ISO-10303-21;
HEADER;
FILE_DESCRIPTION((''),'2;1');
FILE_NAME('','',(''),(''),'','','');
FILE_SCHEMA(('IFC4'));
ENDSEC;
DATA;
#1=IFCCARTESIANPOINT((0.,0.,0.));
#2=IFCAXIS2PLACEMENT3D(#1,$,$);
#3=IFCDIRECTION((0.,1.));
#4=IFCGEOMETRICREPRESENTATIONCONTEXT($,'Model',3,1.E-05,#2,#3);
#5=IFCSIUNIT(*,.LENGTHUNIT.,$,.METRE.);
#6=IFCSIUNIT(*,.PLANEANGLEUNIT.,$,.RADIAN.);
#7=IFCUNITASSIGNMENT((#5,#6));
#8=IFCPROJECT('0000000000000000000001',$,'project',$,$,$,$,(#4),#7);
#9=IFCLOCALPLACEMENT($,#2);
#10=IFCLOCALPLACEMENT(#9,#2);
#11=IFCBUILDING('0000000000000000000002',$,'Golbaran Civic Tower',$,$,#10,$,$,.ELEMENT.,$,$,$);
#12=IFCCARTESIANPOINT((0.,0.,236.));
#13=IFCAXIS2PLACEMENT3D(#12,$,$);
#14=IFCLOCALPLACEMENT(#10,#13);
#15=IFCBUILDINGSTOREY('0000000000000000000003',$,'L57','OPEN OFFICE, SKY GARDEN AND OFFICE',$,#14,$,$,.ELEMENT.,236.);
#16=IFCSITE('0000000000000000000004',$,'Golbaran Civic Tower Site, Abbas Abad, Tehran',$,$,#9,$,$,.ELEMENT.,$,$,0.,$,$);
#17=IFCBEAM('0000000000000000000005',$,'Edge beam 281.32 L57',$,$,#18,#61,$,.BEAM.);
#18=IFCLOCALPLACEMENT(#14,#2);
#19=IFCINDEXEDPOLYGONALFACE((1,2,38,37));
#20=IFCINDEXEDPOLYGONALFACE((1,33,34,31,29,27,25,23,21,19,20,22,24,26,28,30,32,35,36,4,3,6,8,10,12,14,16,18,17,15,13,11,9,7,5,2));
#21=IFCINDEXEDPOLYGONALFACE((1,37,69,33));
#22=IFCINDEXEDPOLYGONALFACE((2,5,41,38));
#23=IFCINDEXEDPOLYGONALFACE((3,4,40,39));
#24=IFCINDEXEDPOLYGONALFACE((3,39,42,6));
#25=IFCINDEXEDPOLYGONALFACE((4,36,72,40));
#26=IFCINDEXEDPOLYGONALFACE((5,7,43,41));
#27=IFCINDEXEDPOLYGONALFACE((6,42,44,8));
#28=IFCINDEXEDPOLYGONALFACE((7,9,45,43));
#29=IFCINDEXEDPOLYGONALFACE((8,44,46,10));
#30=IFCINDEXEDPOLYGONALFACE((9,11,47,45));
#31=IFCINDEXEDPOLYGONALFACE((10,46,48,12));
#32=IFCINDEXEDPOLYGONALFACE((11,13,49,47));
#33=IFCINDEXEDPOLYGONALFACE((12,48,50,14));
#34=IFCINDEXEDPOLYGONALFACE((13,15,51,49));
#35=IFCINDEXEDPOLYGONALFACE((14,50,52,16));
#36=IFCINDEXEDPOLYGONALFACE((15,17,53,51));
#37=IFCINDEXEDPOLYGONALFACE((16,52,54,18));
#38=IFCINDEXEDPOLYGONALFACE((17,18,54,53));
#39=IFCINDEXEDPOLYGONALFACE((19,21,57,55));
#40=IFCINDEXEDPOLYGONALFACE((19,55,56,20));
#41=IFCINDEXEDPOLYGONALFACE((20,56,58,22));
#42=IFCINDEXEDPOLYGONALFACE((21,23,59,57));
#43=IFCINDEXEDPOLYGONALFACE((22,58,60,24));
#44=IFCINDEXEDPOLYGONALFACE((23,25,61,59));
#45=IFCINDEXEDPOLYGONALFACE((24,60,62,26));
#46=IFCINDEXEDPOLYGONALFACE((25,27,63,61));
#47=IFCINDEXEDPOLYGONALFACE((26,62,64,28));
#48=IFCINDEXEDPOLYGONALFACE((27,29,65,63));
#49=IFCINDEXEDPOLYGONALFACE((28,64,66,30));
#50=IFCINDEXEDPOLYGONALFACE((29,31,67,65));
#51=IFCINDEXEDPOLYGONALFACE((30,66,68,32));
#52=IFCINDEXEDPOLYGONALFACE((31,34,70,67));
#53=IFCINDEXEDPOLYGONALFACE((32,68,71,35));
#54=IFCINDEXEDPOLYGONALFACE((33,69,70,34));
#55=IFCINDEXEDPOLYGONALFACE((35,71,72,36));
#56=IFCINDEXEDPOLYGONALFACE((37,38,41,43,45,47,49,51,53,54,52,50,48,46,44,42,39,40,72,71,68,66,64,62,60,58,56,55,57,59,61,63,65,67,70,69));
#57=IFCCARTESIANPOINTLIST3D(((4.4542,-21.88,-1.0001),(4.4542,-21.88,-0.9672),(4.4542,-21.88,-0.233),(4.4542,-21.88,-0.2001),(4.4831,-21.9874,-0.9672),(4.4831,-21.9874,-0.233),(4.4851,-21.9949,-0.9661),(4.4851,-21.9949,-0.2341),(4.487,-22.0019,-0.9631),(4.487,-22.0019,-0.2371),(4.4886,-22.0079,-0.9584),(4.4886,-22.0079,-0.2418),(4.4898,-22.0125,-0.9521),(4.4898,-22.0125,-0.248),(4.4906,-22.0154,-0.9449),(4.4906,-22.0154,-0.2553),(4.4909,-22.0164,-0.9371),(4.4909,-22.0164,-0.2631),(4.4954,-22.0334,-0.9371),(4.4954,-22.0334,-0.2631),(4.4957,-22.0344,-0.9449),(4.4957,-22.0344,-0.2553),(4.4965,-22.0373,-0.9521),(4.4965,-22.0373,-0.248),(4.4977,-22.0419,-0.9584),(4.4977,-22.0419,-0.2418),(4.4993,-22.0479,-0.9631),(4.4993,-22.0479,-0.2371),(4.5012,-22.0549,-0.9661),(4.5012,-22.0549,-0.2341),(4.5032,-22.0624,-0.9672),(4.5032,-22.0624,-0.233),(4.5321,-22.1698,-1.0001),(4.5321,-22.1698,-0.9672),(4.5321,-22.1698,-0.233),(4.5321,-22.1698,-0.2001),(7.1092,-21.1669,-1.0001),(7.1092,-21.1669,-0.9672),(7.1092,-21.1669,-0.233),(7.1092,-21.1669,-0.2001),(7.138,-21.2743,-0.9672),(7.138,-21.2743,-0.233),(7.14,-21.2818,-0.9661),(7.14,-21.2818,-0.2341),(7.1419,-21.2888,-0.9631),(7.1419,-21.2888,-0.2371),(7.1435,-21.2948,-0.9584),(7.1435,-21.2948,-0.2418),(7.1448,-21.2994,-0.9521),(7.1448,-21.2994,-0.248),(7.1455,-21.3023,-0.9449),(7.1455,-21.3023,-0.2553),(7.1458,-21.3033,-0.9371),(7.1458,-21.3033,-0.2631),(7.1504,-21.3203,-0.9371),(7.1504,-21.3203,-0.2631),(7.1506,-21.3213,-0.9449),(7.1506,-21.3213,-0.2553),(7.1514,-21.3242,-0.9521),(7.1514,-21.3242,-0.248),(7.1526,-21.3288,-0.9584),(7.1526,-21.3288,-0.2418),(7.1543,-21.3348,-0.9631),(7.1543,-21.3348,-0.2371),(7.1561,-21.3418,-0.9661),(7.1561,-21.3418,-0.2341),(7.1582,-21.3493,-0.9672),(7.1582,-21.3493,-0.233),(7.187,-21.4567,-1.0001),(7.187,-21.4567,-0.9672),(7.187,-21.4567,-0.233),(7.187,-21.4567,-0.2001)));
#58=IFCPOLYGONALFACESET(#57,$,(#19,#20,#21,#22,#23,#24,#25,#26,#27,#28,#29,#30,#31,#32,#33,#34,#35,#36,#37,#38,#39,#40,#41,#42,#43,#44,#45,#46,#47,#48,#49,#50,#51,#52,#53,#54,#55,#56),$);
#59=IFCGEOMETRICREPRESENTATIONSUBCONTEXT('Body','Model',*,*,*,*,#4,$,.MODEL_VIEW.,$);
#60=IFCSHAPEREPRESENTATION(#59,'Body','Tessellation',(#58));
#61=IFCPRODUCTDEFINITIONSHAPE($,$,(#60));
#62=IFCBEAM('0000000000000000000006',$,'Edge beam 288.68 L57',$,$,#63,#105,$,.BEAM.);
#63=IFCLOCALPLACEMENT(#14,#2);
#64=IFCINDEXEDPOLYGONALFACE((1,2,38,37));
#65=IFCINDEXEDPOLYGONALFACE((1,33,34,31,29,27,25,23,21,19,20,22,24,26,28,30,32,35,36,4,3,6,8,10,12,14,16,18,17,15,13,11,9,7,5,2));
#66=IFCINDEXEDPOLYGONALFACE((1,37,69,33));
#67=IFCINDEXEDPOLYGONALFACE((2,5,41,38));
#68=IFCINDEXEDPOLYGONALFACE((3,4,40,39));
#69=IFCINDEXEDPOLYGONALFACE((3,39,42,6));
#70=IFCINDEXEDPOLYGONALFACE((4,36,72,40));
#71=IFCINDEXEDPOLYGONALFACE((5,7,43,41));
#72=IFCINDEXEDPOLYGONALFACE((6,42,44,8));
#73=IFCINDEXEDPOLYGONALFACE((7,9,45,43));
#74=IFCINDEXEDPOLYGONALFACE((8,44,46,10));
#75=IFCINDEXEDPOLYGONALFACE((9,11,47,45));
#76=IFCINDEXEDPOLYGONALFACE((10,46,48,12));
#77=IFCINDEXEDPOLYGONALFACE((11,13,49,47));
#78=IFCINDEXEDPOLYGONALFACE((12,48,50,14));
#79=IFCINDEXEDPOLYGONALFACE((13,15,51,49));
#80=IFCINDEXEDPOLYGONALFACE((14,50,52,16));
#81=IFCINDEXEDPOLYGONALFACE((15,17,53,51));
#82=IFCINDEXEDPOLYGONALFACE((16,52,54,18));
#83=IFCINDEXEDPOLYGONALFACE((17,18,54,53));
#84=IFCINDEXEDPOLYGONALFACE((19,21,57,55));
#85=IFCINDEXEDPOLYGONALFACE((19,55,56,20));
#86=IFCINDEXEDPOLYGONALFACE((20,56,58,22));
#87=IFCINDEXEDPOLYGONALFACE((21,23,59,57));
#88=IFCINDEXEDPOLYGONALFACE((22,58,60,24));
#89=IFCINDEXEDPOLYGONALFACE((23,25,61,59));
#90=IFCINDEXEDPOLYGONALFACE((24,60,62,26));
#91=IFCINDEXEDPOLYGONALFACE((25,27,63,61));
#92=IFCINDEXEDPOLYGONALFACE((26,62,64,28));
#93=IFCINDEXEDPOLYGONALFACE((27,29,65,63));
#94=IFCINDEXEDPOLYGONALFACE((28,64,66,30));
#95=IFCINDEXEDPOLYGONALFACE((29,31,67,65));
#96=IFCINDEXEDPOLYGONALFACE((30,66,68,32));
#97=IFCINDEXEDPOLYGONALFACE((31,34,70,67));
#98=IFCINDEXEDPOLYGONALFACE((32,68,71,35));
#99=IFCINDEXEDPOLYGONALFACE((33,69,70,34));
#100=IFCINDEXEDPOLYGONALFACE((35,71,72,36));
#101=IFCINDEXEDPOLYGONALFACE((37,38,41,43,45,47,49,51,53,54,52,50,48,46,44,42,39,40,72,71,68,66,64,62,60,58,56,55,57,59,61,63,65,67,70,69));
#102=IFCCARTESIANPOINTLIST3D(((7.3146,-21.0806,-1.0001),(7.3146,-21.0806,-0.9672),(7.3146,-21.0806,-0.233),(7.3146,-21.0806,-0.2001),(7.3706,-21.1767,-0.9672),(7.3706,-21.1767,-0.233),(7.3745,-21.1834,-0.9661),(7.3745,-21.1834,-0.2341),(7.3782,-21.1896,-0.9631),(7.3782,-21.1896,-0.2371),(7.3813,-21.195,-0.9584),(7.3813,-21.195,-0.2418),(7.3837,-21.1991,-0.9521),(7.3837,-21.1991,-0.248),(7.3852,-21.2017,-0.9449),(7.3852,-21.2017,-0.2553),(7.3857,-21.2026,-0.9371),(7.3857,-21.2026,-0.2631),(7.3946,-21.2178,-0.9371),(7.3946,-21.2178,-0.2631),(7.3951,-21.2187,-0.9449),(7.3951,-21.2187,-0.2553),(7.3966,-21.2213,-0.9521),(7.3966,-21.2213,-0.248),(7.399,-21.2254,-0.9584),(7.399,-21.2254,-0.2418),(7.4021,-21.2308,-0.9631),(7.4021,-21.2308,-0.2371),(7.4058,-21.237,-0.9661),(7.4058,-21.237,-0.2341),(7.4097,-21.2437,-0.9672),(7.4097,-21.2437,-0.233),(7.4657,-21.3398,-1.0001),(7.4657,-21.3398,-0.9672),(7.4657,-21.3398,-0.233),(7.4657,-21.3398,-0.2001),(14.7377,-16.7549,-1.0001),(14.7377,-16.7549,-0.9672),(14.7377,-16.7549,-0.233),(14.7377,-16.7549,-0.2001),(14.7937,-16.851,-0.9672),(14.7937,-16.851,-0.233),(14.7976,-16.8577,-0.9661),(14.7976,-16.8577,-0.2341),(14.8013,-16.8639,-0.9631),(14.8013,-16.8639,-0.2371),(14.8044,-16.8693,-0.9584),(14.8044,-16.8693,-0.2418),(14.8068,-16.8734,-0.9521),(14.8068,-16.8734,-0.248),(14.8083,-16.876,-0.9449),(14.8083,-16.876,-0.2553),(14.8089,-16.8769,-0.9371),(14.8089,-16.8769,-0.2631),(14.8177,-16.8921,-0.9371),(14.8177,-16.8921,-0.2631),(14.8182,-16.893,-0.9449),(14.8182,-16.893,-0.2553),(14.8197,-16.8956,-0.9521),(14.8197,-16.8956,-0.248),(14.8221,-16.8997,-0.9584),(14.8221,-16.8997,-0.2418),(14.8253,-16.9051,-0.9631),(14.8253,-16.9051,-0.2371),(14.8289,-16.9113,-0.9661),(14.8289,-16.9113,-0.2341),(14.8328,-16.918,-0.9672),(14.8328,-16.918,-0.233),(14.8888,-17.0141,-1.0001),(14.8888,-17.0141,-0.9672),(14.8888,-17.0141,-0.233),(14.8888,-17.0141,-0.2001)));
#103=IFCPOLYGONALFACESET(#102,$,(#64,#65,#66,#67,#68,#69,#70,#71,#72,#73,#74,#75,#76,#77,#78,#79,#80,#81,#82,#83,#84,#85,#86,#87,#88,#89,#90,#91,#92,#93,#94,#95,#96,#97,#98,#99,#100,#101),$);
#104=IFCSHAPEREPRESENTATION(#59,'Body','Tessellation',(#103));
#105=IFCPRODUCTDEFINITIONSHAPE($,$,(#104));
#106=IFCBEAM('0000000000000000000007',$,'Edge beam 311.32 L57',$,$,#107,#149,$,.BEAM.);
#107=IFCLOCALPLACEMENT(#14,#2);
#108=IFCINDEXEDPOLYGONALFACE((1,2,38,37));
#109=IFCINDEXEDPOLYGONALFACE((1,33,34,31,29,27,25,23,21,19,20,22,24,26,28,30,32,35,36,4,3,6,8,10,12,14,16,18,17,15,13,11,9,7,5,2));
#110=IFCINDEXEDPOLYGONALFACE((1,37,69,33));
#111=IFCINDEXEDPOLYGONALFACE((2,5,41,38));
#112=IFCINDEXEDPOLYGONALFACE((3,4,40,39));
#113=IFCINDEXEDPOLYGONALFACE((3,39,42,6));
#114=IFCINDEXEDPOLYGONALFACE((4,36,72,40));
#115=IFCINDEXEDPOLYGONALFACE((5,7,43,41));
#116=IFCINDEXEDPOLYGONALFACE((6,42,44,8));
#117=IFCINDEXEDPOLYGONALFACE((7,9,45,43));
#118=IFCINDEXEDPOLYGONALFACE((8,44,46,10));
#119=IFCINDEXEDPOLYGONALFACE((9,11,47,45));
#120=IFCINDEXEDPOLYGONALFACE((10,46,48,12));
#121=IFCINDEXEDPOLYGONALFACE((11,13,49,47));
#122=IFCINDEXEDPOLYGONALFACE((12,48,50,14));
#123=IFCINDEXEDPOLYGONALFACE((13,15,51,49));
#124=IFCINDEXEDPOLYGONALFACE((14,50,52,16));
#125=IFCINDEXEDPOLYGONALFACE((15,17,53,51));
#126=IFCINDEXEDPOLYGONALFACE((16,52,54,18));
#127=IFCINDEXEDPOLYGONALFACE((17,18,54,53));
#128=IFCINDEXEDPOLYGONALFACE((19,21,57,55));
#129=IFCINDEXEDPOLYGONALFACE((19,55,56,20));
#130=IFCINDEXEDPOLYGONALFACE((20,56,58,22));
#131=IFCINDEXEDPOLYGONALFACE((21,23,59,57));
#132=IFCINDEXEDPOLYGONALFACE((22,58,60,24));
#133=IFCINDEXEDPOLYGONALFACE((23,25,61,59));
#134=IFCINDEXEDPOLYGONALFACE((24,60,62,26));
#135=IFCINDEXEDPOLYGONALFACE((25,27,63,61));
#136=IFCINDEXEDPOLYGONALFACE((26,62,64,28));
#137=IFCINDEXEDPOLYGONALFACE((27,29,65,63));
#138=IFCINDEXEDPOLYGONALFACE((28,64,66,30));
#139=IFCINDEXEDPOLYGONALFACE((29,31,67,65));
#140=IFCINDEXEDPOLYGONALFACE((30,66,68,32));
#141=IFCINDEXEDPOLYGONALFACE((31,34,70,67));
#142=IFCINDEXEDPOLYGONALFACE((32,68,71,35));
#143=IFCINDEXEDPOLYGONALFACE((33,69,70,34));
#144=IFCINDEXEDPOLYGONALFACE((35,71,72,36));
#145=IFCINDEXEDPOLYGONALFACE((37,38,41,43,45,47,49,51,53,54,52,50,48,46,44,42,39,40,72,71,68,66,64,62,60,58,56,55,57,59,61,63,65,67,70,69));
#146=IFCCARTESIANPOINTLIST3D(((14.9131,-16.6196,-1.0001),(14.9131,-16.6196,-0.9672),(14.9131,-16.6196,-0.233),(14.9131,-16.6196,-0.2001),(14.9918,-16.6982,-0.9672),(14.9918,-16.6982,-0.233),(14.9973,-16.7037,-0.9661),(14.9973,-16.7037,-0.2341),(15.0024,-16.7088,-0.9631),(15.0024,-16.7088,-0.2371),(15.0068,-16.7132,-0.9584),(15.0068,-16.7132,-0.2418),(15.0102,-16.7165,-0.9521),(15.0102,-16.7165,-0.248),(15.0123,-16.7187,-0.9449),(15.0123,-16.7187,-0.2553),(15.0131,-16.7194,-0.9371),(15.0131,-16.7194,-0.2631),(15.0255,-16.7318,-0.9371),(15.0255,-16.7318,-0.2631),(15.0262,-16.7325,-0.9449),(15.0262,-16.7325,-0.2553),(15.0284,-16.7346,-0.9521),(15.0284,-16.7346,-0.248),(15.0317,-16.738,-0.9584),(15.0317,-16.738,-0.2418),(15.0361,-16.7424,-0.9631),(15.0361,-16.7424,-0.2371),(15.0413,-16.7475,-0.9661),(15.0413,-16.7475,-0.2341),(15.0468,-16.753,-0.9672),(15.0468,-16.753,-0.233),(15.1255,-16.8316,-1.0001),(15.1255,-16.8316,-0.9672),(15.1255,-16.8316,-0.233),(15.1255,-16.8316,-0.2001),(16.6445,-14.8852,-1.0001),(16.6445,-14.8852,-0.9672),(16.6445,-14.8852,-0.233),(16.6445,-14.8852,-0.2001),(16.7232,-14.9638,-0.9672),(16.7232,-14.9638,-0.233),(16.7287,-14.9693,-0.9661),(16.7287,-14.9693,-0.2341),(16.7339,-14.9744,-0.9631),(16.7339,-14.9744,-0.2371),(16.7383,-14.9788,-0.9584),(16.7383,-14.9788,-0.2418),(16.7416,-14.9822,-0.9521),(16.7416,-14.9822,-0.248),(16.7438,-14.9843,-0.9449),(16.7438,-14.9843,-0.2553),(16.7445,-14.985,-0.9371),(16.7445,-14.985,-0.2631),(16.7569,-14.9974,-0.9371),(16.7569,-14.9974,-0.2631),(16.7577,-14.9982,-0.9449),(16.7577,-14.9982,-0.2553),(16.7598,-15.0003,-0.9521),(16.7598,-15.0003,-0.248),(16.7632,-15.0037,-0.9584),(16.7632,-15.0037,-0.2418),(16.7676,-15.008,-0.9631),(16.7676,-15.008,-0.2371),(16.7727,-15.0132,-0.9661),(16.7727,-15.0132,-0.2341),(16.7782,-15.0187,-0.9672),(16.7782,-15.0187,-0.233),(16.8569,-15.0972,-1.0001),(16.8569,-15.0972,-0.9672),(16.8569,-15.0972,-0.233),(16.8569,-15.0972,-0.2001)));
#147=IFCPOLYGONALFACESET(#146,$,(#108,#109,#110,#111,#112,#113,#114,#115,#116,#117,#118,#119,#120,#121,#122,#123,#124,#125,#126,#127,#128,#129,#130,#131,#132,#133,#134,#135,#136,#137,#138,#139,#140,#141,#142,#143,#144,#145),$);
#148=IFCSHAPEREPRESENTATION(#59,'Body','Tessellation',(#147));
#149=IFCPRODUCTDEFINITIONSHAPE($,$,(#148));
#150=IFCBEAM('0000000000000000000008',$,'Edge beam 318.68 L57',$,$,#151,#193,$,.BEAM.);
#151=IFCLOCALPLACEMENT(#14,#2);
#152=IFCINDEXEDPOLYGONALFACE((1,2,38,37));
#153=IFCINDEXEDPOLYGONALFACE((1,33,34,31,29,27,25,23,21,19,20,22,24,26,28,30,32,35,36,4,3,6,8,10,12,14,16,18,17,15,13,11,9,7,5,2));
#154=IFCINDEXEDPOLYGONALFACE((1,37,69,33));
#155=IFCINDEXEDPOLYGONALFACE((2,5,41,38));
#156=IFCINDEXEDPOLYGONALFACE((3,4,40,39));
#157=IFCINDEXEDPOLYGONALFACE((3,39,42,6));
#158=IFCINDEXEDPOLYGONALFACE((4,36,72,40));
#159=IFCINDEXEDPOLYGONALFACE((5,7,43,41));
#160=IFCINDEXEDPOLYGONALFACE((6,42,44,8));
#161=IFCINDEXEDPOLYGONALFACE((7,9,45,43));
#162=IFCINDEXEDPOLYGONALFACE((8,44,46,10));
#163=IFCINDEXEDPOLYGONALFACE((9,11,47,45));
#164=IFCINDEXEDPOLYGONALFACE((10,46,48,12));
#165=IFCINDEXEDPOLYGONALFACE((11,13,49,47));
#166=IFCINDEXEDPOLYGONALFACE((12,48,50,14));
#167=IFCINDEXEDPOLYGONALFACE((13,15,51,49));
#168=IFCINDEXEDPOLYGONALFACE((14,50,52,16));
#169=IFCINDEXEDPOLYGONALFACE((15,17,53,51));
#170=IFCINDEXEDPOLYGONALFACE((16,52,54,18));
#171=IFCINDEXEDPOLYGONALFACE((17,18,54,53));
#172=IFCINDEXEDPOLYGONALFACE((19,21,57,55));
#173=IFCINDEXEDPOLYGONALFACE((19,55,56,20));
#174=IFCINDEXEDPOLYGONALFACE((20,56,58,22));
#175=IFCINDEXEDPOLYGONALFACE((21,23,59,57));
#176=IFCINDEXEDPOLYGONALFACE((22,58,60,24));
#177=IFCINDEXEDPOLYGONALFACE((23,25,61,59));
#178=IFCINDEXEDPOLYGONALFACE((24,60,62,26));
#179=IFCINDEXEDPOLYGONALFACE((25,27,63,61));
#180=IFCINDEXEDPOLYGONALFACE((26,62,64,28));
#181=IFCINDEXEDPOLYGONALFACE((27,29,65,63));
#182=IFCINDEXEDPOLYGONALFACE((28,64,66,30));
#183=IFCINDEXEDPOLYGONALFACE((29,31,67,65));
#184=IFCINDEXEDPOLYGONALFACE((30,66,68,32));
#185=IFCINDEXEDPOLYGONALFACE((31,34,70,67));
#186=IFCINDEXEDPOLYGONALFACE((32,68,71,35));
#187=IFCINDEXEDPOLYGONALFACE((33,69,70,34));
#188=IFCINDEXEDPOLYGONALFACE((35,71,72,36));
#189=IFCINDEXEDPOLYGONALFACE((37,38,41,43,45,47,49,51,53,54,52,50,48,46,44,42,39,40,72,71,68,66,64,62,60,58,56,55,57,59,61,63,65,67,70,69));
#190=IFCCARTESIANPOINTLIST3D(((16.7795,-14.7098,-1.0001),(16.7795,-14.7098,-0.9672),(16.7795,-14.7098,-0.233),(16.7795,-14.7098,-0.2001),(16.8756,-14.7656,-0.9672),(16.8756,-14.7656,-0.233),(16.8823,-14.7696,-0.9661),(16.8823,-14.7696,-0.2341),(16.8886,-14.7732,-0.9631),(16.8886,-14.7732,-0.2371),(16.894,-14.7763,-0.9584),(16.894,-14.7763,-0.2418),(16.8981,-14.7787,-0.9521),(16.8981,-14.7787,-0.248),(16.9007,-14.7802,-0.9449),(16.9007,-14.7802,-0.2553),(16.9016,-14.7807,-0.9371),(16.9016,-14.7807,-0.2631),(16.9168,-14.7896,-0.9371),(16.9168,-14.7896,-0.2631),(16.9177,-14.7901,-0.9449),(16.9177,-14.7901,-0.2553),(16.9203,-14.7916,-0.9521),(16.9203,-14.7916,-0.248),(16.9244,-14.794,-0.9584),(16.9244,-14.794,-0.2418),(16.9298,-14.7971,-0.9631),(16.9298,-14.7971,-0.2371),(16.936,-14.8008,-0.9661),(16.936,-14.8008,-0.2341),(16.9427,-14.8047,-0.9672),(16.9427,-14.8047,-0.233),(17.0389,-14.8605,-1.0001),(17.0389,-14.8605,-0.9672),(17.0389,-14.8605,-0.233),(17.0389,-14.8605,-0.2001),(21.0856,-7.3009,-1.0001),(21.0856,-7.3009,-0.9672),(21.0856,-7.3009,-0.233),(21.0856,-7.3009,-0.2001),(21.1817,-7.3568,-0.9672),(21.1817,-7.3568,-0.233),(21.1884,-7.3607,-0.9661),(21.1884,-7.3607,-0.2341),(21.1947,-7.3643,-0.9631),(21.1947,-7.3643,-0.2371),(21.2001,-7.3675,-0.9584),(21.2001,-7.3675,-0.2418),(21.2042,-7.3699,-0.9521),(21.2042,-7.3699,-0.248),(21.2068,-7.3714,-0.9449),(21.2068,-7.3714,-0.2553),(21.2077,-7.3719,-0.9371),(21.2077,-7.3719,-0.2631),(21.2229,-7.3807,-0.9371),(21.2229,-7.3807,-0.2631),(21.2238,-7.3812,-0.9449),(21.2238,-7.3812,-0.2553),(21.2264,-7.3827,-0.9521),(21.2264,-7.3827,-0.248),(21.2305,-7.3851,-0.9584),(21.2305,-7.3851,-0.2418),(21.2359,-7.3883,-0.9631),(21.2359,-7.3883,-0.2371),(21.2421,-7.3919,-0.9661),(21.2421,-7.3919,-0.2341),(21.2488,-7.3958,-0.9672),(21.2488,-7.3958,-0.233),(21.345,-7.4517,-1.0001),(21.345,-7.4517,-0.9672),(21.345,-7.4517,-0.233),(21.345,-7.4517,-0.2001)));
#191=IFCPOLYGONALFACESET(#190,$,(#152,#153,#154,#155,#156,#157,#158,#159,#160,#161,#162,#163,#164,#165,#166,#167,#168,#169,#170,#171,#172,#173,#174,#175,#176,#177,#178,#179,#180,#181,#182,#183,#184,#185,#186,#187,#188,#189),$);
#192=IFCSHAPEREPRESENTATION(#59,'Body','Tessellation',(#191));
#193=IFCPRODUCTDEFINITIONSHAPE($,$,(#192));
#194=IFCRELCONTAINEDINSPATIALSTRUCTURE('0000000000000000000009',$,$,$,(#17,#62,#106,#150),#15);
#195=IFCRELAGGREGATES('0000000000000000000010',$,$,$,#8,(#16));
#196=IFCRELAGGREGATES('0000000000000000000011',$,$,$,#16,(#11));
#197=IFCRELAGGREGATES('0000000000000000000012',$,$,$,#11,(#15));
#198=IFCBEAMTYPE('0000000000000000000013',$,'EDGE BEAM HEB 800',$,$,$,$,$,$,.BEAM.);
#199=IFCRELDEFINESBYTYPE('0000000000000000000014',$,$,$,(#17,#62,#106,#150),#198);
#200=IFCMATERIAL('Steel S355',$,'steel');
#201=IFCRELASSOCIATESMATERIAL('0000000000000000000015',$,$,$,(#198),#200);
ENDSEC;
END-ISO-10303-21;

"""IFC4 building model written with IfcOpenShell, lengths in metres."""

from ifc_helpers import new_model, si_unit, direction, frame, origin, origin_2d, place, context, subcontext, project, spatial, i_section, extrude, material, material_profile, profile_set, type_object, element, save


model = new_model("IFC4")

# Units and contexts
model_context = context("Model", 3, precision=1e-05, world=origin(), true_north=direction((0.0, 1.0)))
body_context = subcontext(model_context, "Body", "Model", "MODEL_VIEW")
ifc_project = project(units=[si_unit("LENGTHUNIT", "METRE"), si_unit("PLANEANGLEUNIT", "RADIAN")], contexts=[model_context])

# Site, building, storey
site_placement = place(None, origin())
site = spatial("IfcSite", under=ifc_project, at=site_placement, Name="Golbaran Civic Tower Site, Abbas Abad, Tehran", CompositionType="ELEMENT", RefElevation=0.0)
building_placement = place(site_placement, origin())
building = spatial("IfcBuilding", under=site, at=building_placement, Name="Golbaran Civic Tower", CompositionType="ELEMENT")
storey_placement = place(building_placement, frame((0.0, 0.0, 236.0)))
storey = spatial("IfcBuildingStorey", under=building, at=storey_placement, Name="L57", Description="OPEN OFFICE, SKY GARDEN AND OFFICE", CompositionType="ELEMENT", Elevation=236.0)

# Beams
ifc_material_1 = material(Name="Steel S355", Category="steel")
ifc_material_profile_1 = material_profile(ifc_material_1, i_section(OverallWidth=0.3, OverallDepth=0.8, WebThickness=0.0176, FlangeThickness=0.033, FilletRadius=0.03, at=origin_2d()), Name="HEB 800")
ifc_profile_set_1 = profile_set([ifc_material_profile_1], Name="Steel S355")
beam_type_1 = type_object("IfcBeamType", Name="EDGE BEAM HEB 800", PredefinedType="BEAM", material=ifc_profile_set_1)
beam_1_placement = place(storey_placement, frame((4.4932, -22.0249, -0.6001), z_axis=(0.965769, 0.259403, 0.0), x_axis=(-0.259403, 0.965769, 0.0)))
element("IfcBeam", 1, at=beam_1_placement, inside=storey, type_object=beam_type_1, Name="Edge beam 281.32 L57", PredefinedType="BEAM", context=body_context, shape_type="SweptSolid", body=[
    extrude(i_section(OverallWidth=0.3, OverallDepth=0.8, WebThickness=0.0176, FlangeThickness=0.033, FilletRadius=0.03, at=origin_2d()), origin(), (0.0, 0.0, 1.0), 2.749),
])
beam_2_placement = place(storey_placement, frame((7.3901, -21.2102, -0.6001), z_axis=(0.864005, 0.503484, 0.0), x_axis=(-0.503484, 0.864005, 0.0)))
element("IfcBeam", 2, at=beam_2_placement, inside=storey, type_object=beam_type_1, Name="Edge beam 288.68 L57", PredefinedType="BEAM", context=body_context, shape_type="SweptSolid", body=[
    extrude(i_section(OverallWidth=0.3, OverallDepth=0.8, WebThickness=0.0176, FlangeThickness=0.033, FilletRadius=0.03, at=origin_2d()), origin(), (0.0, 0.0, 1.0), 8.5916),
])
beam_3_placement = place(storey_placement, frame((15.0193, -16.7256, -0.6001), z_axis=(0.706509, 0.707704, 0.0), x_axis=(-0.707704, 0.706509, 0.0)))
element("IfcBeam", 3, at=beam_3_placement, inside=storey, type_object=beam_type_1, Name="Edge beam 311.32 L57", PredefinedType="BEAM", context=body_context, shape_type="SweptSolid", body=[
    extrude(i_section(OverallWidth=0.3, OverallDepth=0.8, WebThickness=0.0176, FlangeThickness=0.033, FilletRadius=0.03, at=origin_2d()), origin(), (0.0, 0.0, 1.0), 2.4507),
])
beam_4_placement = place(storey_placement, frame((16.9092, -14.7852, -0.6001), z_axis=(0.502501, 0.864577, 0.0), x_axis=(-0.864577, 0.502501, 0.0)))
element("IfcBeam", 4, at=beam_4_placement, inside=storey, type_object=beam_type_1, Name="Edge beam 318.68 L57", PredefinedType="BEAM", context=body_context, shape_type="SweptSolid", body=[
    extrude(i_section(OverallWidth=0.3, OverallDepth=0.8, WebThickness=0.0176, FlangeThickness=0.033, FilletRadius=0.03, at=origin_2d()), origin(), (0.0, 0.0, 1.0), 8.5693),
])

save(model, "model.ifc")
